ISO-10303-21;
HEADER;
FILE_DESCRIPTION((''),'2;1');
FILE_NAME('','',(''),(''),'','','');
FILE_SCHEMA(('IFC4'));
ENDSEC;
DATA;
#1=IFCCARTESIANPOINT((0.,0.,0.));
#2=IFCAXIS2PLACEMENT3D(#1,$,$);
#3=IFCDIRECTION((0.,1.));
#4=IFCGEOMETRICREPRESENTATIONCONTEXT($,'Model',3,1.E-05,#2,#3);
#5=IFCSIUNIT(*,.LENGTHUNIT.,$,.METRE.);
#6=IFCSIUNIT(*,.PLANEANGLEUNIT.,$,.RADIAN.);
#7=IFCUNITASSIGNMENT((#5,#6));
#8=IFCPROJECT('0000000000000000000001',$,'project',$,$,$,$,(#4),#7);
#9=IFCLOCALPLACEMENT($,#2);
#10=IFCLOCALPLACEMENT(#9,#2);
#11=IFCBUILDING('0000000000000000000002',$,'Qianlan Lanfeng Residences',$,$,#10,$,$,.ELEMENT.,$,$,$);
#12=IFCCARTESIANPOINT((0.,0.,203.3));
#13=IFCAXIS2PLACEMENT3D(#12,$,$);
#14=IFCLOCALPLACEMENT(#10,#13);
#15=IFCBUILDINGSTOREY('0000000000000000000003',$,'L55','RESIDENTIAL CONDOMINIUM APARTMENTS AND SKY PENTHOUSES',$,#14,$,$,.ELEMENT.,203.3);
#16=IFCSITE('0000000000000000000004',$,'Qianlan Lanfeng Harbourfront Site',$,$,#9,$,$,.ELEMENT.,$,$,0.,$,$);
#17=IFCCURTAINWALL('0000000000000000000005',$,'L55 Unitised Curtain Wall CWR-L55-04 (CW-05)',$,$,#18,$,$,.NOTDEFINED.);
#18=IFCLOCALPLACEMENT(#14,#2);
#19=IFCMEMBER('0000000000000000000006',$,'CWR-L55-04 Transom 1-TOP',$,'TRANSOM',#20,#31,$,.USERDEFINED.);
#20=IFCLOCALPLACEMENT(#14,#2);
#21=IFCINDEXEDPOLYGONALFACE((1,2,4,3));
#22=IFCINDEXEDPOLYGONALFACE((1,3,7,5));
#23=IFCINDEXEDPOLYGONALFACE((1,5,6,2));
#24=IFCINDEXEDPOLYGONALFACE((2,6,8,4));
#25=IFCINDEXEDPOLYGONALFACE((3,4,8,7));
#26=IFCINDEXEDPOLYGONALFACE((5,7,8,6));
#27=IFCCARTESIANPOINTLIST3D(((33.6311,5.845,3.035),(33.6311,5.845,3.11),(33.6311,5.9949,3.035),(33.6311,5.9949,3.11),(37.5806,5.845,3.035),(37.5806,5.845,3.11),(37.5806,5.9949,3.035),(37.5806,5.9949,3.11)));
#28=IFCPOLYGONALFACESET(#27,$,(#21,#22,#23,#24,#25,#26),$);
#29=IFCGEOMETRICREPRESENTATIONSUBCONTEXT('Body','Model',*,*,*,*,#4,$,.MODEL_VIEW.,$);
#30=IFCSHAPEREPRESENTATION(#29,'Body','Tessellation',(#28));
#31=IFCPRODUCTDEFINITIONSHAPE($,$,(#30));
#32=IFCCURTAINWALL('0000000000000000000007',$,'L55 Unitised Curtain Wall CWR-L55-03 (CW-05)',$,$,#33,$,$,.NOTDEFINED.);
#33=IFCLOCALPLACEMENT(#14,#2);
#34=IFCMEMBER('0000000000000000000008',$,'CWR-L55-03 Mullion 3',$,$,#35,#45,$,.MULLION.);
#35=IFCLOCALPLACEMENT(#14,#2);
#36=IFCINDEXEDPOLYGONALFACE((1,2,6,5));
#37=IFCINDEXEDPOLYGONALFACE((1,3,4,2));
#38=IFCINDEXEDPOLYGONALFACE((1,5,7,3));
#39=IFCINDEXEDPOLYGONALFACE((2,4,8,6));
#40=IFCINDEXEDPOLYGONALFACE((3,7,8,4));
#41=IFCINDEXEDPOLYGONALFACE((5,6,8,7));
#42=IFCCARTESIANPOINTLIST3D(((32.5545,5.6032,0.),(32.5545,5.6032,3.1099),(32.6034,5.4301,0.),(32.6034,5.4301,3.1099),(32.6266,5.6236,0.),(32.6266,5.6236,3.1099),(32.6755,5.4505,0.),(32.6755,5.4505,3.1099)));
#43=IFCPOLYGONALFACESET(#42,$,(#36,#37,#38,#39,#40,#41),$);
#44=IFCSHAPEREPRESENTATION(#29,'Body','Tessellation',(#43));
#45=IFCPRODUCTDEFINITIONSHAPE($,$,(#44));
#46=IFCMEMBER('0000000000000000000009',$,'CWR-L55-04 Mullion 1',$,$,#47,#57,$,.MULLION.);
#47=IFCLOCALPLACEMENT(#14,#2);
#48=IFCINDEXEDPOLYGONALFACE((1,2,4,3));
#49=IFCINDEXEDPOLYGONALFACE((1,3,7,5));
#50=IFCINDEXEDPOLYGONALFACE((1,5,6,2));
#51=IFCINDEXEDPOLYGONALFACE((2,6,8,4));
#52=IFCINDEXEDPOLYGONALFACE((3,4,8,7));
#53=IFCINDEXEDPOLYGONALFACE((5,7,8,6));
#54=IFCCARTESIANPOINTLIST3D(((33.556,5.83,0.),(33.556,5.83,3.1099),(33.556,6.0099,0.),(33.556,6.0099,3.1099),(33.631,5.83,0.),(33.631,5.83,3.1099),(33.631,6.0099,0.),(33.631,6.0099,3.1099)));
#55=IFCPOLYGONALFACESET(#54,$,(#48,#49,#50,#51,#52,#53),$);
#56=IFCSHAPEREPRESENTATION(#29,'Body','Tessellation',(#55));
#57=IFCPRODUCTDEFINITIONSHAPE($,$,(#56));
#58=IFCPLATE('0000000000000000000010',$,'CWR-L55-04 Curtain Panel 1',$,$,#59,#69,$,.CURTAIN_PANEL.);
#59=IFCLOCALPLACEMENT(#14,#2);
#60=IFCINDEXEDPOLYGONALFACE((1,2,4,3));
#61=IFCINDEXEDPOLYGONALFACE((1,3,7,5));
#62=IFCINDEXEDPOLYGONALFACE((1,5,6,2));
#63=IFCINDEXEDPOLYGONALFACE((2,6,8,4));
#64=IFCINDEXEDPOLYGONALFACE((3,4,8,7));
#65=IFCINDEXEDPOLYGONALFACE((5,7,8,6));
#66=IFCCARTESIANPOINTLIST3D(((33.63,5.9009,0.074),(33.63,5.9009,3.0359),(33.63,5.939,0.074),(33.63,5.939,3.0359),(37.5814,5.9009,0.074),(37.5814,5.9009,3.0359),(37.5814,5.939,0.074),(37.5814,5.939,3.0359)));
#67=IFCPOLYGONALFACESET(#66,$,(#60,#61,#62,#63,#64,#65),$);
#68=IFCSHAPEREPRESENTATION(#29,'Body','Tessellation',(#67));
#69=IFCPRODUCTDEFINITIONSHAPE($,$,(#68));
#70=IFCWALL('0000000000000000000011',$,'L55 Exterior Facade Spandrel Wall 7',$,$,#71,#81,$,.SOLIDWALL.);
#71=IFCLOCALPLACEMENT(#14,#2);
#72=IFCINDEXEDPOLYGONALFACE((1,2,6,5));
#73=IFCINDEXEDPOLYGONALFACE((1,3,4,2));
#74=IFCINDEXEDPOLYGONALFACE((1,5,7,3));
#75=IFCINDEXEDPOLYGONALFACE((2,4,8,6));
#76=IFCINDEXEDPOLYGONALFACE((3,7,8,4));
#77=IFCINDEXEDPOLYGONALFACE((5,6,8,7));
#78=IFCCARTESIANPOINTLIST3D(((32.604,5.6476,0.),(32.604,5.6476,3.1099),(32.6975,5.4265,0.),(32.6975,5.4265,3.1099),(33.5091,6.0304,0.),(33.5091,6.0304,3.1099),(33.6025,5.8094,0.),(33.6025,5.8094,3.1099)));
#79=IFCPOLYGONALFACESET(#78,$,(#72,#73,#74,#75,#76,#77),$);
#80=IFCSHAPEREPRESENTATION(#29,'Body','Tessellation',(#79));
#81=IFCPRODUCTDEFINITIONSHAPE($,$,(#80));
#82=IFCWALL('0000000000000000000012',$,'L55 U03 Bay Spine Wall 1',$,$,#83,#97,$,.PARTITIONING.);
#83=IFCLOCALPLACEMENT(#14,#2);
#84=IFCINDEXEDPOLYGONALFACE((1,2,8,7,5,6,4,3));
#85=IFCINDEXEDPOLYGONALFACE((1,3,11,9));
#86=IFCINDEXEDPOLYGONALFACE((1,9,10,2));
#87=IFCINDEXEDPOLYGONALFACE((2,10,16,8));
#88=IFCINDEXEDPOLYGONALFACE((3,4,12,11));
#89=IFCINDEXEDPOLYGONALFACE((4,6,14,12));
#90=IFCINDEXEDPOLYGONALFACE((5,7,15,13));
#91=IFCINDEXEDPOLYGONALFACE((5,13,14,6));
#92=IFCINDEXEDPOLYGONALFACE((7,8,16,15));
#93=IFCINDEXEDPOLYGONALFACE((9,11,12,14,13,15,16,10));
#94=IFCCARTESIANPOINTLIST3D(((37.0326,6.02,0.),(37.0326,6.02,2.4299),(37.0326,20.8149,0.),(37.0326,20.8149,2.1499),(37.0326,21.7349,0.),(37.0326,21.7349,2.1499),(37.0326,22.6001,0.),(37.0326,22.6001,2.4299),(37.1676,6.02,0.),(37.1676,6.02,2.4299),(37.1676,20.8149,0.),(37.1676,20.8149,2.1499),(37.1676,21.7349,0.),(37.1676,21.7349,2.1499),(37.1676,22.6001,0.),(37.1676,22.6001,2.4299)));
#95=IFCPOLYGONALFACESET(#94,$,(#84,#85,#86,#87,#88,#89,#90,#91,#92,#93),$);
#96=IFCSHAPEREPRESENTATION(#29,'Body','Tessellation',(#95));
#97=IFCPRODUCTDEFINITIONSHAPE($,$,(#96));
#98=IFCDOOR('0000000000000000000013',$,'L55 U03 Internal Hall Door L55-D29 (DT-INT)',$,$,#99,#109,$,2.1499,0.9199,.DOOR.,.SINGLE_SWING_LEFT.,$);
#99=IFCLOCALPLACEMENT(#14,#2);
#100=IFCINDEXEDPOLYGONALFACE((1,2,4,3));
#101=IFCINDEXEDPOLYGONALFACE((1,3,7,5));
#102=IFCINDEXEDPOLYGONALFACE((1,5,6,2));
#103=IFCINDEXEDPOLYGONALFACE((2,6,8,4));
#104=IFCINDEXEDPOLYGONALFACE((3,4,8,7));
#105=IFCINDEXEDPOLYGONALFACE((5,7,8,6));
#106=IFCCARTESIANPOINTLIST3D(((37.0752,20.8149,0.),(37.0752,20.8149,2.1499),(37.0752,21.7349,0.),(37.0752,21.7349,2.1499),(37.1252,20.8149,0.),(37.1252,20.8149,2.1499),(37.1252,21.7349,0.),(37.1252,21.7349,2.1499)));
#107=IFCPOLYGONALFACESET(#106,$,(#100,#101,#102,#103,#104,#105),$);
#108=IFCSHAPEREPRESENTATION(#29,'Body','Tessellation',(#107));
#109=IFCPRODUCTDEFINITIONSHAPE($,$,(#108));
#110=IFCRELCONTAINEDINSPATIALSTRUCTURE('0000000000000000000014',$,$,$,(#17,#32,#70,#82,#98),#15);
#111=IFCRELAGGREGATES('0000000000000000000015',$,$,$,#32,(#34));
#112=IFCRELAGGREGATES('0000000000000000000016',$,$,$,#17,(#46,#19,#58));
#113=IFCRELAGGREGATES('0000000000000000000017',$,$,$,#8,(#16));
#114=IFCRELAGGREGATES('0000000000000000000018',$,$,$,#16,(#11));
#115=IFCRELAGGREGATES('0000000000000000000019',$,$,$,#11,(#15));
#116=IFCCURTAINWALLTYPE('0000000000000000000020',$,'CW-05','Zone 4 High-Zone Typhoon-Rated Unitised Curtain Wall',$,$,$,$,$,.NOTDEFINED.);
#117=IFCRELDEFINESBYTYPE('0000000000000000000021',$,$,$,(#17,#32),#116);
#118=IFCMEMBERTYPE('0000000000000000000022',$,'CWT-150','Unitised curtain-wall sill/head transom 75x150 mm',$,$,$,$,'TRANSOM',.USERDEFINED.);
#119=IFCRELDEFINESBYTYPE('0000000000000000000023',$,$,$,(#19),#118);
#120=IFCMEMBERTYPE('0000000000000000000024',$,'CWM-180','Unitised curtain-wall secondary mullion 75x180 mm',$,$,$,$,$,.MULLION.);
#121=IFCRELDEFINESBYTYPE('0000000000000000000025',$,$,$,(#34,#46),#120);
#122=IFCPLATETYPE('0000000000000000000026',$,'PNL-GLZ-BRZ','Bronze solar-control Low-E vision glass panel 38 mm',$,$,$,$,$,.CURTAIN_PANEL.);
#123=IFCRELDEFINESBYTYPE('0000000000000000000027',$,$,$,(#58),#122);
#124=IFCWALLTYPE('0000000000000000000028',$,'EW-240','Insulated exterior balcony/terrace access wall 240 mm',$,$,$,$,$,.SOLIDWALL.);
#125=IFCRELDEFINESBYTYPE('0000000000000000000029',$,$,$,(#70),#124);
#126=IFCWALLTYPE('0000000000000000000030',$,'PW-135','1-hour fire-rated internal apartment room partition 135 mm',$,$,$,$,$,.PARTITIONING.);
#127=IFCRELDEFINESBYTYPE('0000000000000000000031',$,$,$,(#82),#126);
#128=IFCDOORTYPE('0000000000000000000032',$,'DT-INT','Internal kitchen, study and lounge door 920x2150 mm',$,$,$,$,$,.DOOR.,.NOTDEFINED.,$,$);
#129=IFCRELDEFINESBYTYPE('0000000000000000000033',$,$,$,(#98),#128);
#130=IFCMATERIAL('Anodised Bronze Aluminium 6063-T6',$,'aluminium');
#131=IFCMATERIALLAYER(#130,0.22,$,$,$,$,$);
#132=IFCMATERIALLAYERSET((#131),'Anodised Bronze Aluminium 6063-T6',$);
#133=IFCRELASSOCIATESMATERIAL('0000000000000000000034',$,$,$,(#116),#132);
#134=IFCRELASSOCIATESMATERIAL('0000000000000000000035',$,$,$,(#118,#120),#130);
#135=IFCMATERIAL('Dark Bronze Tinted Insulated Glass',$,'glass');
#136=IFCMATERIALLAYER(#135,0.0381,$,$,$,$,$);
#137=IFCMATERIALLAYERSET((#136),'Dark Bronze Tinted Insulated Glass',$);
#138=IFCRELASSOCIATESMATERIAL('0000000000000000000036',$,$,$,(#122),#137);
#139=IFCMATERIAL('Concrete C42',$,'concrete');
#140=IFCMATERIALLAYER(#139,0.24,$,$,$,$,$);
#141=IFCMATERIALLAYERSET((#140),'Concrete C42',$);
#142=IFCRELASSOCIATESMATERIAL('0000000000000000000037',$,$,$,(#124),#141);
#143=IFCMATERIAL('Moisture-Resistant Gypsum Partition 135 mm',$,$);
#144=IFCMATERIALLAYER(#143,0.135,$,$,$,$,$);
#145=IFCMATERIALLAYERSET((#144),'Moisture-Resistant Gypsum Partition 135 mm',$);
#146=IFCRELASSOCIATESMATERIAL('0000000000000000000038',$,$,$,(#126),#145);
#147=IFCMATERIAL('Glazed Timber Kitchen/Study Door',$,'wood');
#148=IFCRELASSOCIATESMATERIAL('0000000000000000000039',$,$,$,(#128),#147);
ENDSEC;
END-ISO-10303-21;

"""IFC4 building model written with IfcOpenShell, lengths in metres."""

from ifc_helpers import new_model, si_unit, direction, frame, frame_2d, origin, origin_2d, place, context, subcontext, project, spatial, rectangle, extrude, source, transform, mapped, material, layer, layer_set, material_profile, profile_set, type_object, element, fill, aggregate, save


model = new_model("IFC4")

# Units and contexts
model_context = context("Model", 3, precision=1e-05, world=origin(), true_north=direction((0.0, 1.0)))
body_context = subcontext(model_context, "Body", "Model", "MODEL_VIEW")
ifc_project = project(units=[si_unit("LENGTHUNIT", "METRE"), si_unit("PLANEANGLEUNIT", "RADIAN")], contexts=[model_context])

# Site, building, storey
site_placement = place(None, origin())
site = spatial("IfcSite", under=ifc_project, at=site_placement, Name="Qianlan Lanfeng Harbourfront Site", CompositionType="ELEMENT", RefElevation=0.0)
building_placement = place(site_placement, origin())
building = spatial("IfcBuilding", under=site, at=building_placement, Name="Qianlan Lanfeng Residences", CompositionType="ELEMENT")
storey_placement = place(building_placement, frame((0.0, 0.0, 203.3)))
storey = spatial("IfcBuildingStorey", under=building, at=storey_placement, Name="L55", Description="RESIDENTIAL CONDOMINIUM APARTMENTS AND SKY PENTHOUSES", CompositionType="ELEMENT", Elevation=203.3)

# Curtain wall, member
ifc_material_1 = material(Name="Anodised Bronze Aluminium 6063-T6", Category="aluminium")
ifc_layer_1 = layer(ifc_material_1, 0.22)
ifc_layer_set_1 = layer_set([ifc_layer_1], Name="Anodised Bronze Aluminium 6063-T6")
curtain_wall_type = type_object("IfcCurtainWallType", Name="CW-05", Description="Zone 4 High-Zone Typhoon-Rated Unitised Curtain Wall", PredefinedType="NOTDEFINED", material=ifc_layer_set_1)
curtain_wall_1_placement = place(storey_placement, origin())
curtain_wall_1 = element("IfcCurtainWall", 1, at=curtain_wall_1_placement, inside=storey, type_object=curtain_wall_type, Name="L55 Unitised Curtain Wall CWR-L55-04 (CW-05)", PredefinedType="NOTDEFINED")
ifc_material_profile_1 = material_profile(ifc_material_1, rectangle(XDim=0.075, YDim=0.1499, at=origin_2d()), Name="ALU TRANSOM 75x150")
ifc_profile_set_1 = profile_set([ifc_material_profile_1], Name="Anodised Bronze Aluminium 6063-T6")
member_type_1 = type_object("IfcMemberType", Name="CWT-150", Description="Unitised curtain-wall sill/head transom 75x150 mm", ElementType="TRANSOM", PredefinedType="USERDEFINED", material=ifc_profile_set_1)
shared_shape_1 = source(origin(), body_context, "Body", "SweptSolid", [
    extrude(rectangle(XDim=0.075, YDim=0.1499, at=origin_2d()), origin(), (0.0, 0.0, 1.0), 3.9495),
])
member_1_placement = place(storey_placement, frame((33.6311, 5.9199, 3.0725), z_axis=(1.0, 0.0, 0.0), x_axis=(0.0, 0.0, 1.0)))
member_1 = element("IfcMember", 2, at=member_1_placement, type_object=member_type_1, Name="CWR-L55-04 Transom 1-TOP", ObjectType="TRANSOM", PredefinedType="USERDEFINED", context=body_context, shape_type="MappedRepresentation", body=[
    mapped(shared_shape_1, transform((0.0, 0.0, 0.0), scale=1.0)),
])

# Curtain wall, member
curtain_wall_2_placement = place(storey_placement, origin())
curtain_wall_2 = element("IfcCurtainWall", 3, at=curtain_wall_2_placement, inside=storey, type_object=curtain_wall_type, Name="L55 Unitised Curtain Wall CWR-L55-03 (CW-05)", PredefinedType="NOTDEFINED")
ifc_material_profile_2 = material_profile(ifc_material_1, rectangle(XDim=0.075, YDim=0.1799, at=origin_2d()), Name="ALU MULLION 75x180")
ifc_profile_set_2 = profile_set([ifc_material_profile_2], Name="Anodised Bronze Aluminium 6063-T6")
member_type_2 = type_object("IfcMemberType", Name="CWM-180", Description="Unitised curtain-wall secondary mullion 75x180 mm", PredefinedType="MULLION", material=ifc_profile_set_2)
shared_shape_2 = source(origin(), body_context, "Body", "SweptSolid", [
    extrude(rectangle(XDim=0.075, YDim=0.1799, at=origin_2d()), origin(), (0.0, 0.0, 1.0), 3.1099),
])
member_2_placement = place(storey_placement, frame((32.615, 5.5269, 0.0), z_axis=(0.0, 0.0, 1.0), x_axis=(0.962284, 0.272045, 0.0)))
member_2 = element("IfcMember", 4, at=member_2_placement, type_object=member_type_2, Name="CWR-L55-03 Mullion 3", PredefinedType="MULLION", context=body_context, shape_type="MappedRepresentation", body=[
    mapped(shared_shape_2, transform((0.0, 0.0, 0.0), scale=1.0)),
])
aggregate(curtain_wall_2, [member_2])

# Member
member_3_placement = place(storey_placement, frame((33.5935, 5.9199, 0.0), z_axis=(0.0, 0.0, 1.0), x_axis=(1.0, 0.0, 0.0)))
member_3 = element("IfcMember", 5, at=member_3_placement, type_object=member_type_2, Name="CWR-L55-04 Mullion 1", PredefinedType="MULLION", context=body_context, shape_type="MappedRepresentation", body=[
    mapped(shared_shape_2, transform((0.0, 0.0, 0.0), scale=1.0)),
])

# Plate
ifc_material_2 = material(Name="Dark Bronze Tinted Insulated Glass", Category="glass")
ifc_layer_2 = layer(ifc_material_2, 0.0381)
ifc_layer_set_2 = layer_set([ifc_layer_2], Name="Dark Bronze Tinted Insulated Glass")
plate_type = type_object("IfcPlateType", Name="PNL-GLZ-BRZ", Description="Bronze solar-control Low-E vision glass panel 38 mm", PredefinedType="CURTAIN_PANEL", material=ifc_layer_set_2)
shared_shape_3 = source(origin(), body_context, "Body", "SweptSolid", [
    extrude(rectangle(XDim=3.9514, YDim=0.0381, at=origin_2d()), origin(), (0.0, 0.0, 1.0), 2.9619),
])
plate_placement = place(storey_placement, frame((35.6057, 5.9199, 0.074), z_axis=(0.0, 0.0, 1.0), x_axis=(1.0, 0.0, 0.0)))
plate = element("IfcPlate", 6, at=plate_placement, type_object=plate_type, Name="CWR-L55-04 Curtain Panel 1", PredefinedType="CURTAIN_PANEL", context=body_context, shape_type="MappedRepresentation", body=[
    mapped(shared_shape_3, transform((0.0, 0.0, 0.0), scale=1.0)),
])
aggregate(curtain_wall_1, [member_3, member_1, plate])

# Wall
ifc_material_3 = material(Name="Concrete C42", Category="concrete")
ifc_layer_3 = layer(ifc_material_3, 0.24)
ifc_layer_set_3 = layer_set([ifc_layer_3], Name="Concrete C42")
wall_type_1 = type_object("IfcWallType", Name="EW-240", Description="Insulated exterior balcony/terrace access wall 240 mm", PredefinedType="SOLIDWALL", material=ifc_layer_set_3)
wall_1_placement = place(storey_placement, frame((32.6509, 5.5371, 0.0), z_axis=(0.0, 0.0, 1.0), x_axis=(0.920998, 0.389567, 0.0)))
element("IfcWall", 7, at=wall_1_placement, inside=storey, type_object=wall_type_1, Name="L55 Exterior Facade Spandrel Wall 7", PredefinedType="SOLIDWALL", context=body_context, shape_type="SweptSolid", body=[
    extrude(rectangle(XDim=0.9827, YDim=0.24, at=frame_2d((0.4912, 0.0))), origin(), (0.0, 0.0, 1.0), 3.1099),
])

# Wall, opening, door
ifc_material_4 = material(Name="Moisture-Resistant Gypsum Partition 135 mm")
ifc_layer_4 = layer(ifc_material_4, 0.135)
ifc_layer_set_4 = layer_set([ifc_layer_4], Name="Moisture-Resistant Gypsum Partition 135 mm")
wall_type_2 = type_object("IfcWallType", Name="PW-135", Description="1-hour fire-rated internal apartment room partition 135 mm", PredefinedType="PARTITIONING", material=ifc_layer_set_4)
wall_2_placement = place(storey_placement, frame((37.1001, 6.02, 0.0), z_axis=(0.0, 0.0, 1.0), x_axis=(0.0, 1.0, 0.0)))
wall_2 = element("IfcWall", 8, at=wall_2_placement, inside=storey, type_object=wall_type_2, Name="L55 U03 Bay Spine Wall 1", PredefinedType="PARTITIONING", context=body_context, shape_type="SweptSolid", body=[
    extrude(rectangle(XDim=16.5801, YDim=0.135, at=frame_2d((8.29, 0.0))), origin(), (0.0, 0.0, 1.0), 2.4299),
])
opening_1_placement = place(wall_2_placement, frame((14.7949, 0.0, 0.0)))
opening_1 = element("IfcOpeningElement", 9, at=opening_1_placement, cuts=wall_2, PredefinedType="OPENING", context=body_context, shape_type="SweptSolid", body=[
    extrude(rectangle(XDim=0.9199, YDim=2.1499, at=frame_2d((0.46, 1.075))), frame((0.0, 0.0776, 0.0), z_axis=(0.0, -1.0, 0.0), x_axis=(1.0, 0.0, 0.0)), (0.0, 0.0, 1.0), 0.155),
])
ifc_material_5 = material(Name="Glazed Timber Kitchen/Study Door", Category="wood")
door_type_1 = type_object("IfcDoorType", Name="DT-INT", Description="Internal kitchen, study and lounge door 920x2150 mm", OperationType="NOTDEFINED", PredefinedType="DOOR", material=ifc_material_5)
door_1_placement = place(opening_1_placement, origin())
door_1 = element("IfcDoor", 10, at=door_1_placement, inside=storey, type_object=door_type_1, Name="L55 U03 Internal Hall Door L55-D29 (DT-INT)", OperationType="SINGLE_SWING_LEFT", OverallHeight=2.1499, OverallWidth=0.9199, PredefinedType="DOOR", context=body_context, shape_type="SweptSolid", body=[
    extrude(rectangle(XDim=0.9199, YDim=2.1499, at=frame_2d((0.46, 1.075))), frame((0.0, 0.0249, 0.0), z_axis=(0.0, -1.0, 0.0), x_axis=(1.0, 0.0, 0.0)), (0.0, 0.0, 1.0), 0.05),
])
fill(opening_1, door_1)

save(model, "model.ifc")
